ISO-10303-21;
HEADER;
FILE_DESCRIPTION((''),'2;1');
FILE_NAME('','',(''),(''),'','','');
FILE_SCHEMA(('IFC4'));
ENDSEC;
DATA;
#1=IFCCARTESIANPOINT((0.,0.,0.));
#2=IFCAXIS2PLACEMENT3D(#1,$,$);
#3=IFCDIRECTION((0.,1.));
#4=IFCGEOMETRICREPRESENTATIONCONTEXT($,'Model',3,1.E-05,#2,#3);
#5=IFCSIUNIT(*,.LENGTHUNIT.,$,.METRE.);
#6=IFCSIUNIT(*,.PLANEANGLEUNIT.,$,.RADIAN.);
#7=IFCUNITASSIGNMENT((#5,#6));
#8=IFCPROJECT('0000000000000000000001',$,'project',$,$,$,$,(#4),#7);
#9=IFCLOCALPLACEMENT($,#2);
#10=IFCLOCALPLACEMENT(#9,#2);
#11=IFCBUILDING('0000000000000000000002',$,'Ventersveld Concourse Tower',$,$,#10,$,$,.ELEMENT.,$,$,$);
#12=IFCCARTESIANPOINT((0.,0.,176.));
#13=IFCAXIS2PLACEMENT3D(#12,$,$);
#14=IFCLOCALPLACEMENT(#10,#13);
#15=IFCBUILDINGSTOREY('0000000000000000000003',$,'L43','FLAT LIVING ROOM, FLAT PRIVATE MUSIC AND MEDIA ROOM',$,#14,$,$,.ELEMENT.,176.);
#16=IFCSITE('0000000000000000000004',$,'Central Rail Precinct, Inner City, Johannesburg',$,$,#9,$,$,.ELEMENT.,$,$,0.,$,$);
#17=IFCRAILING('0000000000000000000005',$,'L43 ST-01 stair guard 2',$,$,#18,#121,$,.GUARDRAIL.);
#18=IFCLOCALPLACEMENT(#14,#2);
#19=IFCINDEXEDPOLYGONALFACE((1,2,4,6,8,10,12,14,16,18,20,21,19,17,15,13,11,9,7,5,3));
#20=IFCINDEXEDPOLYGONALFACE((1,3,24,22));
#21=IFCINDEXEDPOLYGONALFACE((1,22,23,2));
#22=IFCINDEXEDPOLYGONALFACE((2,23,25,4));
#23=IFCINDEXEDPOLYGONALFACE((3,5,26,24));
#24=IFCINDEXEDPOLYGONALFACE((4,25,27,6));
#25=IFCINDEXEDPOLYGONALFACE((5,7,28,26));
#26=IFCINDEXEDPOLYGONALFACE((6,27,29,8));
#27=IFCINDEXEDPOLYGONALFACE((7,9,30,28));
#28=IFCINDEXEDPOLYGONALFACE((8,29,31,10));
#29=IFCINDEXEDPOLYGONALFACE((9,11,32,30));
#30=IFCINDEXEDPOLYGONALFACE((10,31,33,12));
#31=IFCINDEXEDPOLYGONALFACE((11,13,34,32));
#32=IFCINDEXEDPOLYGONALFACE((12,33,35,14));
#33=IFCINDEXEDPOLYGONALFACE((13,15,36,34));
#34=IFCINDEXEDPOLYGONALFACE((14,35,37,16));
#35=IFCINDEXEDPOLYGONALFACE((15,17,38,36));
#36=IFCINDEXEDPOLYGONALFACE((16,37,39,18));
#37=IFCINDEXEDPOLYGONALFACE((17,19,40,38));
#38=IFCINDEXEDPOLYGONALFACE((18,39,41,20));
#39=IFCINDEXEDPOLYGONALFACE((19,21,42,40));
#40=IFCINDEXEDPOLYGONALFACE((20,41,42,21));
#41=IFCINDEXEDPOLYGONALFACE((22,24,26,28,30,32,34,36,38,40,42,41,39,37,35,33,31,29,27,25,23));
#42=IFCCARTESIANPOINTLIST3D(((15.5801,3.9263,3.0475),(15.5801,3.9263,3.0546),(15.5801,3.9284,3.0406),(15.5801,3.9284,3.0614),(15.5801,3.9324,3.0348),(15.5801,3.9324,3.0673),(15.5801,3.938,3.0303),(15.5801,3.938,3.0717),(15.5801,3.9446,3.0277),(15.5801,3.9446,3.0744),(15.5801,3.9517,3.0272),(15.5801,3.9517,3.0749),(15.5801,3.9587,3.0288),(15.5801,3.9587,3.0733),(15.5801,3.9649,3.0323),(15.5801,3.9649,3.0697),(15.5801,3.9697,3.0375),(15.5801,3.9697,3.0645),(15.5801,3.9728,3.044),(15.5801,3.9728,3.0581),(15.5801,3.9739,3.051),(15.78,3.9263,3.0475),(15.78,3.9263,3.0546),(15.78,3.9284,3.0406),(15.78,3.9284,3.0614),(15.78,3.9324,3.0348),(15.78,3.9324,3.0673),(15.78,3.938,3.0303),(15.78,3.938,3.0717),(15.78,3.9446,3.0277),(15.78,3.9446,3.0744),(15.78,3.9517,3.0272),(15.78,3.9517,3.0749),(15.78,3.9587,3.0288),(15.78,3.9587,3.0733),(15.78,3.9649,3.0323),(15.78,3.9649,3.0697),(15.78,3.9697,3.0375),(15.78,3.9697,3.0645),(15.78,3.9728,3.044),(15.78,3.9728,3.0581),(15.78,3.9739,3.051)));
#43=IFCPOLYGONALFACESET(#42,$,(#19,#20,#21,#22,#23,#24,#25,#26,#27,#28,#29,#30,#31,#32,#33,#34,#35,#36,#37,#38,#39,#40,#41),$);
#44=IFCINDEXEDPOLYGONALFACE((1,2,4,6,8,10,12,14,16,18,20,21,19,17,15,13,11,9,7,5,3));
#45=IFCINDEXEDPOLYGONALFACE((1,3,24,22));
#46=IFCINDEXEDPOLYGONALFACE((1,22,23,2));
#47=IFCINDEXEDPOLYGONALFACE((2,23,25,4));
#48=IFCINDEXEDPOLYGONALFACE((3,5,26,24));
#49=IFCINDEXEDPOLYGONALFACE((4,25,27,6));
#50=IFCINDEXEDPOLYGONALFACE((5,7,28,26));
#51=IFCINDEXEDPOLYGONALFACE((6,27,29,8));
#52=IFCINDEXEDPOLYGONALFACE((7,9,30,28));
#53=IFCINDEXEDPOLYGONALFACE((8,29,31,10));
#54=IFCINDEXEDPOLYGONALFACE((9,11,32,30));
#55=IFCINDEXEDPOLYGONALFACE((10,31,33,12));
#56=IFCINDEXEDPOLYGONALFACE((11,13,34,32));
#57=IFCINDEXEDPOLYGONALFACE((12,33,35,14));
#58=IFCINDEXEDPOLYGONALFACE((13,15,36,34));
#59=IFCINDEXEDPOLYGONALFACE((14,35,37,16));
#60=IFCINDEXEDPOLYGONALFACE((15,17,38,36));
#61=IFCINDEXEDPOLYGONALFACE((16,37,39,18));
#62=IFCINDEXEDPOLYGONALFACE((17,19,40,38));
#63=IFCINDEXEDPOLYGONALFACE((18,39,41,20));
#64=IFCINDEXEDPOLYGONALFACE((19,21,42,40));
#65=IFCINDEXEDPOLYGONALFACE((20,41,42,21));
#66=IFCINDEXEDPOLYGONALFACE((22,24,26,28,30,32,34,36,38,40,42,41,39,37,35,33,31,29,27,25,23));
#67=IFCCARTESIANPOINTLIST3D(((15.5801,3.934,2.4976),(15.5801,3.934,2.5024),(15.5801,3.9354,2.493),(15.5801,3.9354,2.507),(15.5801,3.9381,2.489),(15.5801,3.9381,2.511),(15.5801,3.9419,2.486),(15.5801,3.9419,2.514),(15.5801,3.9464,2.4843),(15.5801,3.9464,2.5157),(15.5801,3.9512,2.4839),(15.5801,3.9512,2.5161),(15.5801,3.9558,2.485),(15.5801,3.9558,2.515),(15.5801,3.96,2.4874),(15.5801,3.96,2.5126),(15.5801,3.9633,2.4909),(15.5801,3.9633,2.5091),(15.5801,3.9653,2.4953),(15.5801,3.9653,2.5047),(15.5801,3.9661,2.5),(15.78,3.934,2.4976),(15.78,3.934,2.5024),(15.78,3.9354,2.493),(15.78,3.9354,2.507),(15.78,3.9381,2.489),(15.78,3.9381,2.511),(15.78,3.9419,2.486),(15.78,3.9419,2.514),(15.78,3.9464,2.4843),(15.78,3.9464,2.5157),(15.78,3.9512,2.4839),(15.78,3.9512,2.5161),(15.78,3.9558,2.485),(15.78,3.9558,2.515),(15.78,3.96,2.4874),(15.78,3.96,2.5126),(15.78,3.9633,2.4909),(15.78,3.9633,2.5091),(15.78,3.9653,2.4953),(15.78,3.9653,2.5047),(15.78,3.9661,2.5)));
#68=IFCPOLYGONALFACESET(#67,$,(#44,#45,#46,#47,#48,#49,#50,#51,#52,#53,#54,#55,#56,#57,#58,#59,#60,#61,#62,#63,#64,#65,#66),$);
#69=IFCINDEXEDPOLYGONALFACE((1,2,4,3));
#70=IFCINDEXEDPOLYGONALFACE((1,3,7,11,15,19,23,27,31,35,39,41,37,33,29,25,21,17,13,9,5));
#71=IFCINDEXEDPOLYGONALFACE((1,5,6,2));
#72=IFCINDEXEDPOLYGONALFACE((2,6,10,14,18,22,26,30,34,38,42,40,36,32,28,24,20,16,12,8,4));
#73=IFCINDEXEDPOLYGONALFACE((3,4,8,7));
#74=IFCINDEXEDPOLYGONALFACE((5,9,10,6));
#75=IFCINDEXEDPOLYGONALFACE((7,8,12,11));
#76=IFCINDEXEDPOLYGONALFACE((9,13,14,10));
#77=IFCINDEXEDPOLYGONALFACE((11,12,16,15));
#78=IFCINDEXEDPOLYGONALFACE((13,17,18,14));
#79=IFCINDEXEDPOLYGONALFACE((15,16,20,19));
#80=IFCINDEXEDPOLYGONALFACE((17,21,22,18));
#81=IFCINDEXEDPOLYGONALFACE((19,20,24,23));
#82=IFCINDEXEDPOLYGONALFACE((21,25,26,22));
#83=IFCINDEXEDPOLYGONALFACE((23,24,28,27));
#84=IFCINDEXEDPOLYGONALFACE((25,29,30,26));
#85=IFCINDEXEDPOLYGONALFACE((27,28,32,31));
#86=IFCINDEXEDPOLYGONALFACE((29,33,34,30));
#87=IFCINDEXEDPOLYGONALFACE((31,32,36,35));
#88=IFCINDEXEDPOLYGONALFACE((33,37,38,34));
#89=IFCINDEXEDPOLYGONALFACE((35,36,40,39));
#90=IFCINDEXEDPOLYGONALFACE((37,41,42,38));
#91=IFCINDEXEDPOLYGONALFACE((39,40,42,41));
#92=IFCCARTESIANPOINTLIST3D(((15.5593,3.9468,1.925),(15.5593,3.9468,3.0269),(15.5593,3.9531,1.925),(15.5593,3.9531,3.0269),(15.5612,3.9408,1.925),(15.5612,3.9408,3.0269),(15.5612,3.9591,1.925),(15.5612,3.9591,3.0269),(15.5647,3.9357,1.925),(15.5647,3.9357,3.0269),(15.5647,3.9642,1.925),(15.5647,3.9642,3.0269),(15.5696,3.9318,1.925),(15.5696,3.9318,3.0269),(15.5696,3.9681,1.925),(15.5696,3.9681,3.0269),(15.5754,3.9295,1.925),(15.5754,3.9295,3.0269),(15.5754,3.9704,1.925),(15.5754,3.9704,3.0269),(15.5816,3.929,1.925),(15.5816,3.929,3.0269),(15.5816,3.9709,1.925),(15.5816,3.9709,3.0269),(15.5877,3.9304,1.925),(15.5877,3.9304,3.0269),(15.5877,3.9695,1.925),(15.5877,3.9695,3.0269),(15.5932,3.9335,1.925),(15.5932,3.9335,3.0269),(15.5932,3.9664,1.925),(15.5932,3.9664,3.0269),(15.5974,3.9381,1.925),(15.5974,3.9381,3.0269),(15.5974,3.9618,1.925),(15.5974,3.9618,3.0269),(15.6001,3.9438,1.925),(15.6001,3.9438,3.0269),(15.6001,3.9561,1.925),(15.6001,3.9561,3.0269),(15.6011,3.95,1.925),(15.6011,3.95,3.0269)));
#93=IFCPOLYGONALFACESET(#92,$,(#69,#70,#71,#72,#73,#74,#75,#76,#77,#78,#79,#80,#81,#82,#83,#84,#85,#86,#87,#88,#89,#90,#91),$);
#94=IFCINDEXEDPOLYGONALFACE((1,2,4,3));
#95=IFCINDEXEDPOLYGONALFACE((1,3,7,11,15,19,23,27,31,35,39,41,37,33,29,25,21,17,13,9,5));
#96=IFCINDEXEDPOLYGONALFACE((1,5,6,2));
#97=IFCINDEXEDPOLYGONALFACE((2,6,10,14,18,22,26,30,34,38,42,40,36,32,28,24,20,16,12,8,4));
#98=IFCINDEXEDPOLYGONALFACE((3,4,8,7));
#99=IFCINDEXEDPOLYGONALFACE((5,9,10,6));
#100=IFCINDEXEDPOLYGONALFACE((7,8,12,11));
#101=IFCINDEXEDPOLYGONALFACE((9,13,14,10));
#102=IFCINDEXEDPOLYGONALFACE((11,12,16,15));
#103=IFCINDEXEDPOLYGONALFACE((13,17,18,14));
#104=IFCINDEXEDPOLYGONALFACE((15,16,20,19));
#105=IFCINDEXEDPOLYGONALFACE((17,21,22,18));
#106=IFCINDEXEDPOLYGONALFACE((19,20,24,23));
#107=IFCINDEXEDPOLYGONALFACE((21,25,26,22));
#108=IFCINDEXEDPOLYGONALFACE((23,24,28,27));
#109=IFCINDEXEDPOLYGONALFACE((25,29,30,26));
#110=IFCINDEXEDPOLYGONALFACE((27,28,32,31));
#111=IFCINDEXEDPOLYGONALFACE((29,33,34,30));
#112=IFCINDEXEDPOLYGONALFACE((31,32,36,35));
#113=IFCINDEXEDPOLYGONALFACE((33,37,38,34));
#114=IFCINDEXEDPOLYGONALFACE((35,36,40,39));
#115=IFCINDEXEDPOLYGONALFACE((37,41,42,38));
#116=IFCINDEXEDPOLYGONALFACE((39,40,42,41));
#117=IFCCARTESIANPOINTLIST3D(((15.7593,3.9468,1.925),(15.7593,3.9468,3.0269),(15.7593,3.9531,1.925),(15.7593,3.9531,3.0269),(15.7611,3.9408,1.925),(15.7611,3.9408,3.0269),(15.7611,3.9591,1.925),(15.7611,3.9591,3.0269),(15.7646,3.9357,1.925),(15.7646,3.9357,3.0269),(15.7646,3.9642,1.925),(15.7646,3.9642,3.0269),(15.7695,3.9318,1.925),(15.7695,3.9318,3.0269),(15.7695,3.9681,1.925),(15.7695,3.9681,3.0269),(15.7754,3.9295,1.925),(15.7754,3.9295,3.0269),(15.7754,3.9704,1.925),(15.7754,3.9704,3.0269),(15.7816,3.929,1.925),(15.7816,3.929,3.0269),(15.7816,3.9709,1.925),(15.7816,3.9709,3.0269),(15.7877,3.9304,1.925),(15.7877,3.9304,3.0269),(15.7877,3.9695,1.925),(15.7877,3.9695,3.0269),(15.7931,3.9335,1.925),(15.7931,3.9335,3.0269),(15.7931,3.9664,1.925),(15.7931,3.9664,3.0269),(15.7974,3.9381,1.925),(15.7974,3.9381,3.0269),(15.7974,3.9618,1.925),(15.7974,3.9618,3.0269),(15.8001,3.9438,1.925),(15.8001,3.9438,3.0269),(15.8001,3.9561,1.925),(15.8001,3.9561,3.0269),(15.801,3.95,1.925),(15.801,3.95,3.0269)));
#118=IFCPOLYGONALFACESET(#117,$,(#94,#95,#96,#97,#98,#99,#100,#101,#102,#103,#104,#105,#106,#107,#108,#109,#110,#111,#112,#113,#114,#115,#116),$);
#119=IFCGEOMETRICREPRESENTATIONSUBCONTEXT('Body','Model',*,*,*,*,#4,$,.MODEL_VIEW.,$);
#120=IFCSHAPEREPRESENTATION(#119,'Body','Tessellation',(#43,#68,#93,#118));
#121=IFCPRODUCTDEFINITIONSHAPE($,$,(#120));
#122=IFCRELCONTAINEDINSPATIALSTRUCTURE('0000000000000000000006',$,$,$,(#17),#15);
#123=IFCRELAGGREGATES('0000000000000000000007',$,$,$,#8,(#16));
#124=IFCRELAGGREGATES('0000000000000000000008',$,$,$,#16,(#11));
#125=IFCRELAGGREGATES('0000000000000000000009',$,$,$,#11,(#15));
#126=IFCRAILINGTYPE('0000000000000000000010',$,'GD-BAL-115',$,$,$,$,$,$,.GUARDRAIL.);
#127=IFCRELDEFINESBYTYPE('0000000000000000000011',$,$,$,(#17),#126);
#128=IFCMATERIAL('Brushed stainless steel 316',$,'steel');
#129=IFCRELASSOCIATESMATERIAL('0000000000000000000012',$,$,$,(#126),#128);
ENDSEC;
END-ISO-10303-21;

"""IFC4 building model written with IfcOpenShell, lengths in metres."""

from ifc_helpers import new_model, si_unit, direction, frame, origin, origin_2d, place, context, subcontext, project, spatial, circle, extrude, material, type_object, element, save


model = new_model("IFC4")

# Units and contexts
model_context = context("Model", 3, precision=1e-05, world=origin(), true_north=direction((0.0, 1.0)))
body_context = subcontext(model_context, "Body", "Model", "MODEL_VIEW")
ifc_project = project(units=[si_unit("LENGTHUNIT", "METRE"), si_unit("PLANEANGLEUNIT", "RADIAN")], contexts=[model_context])

# Site, building, storey
site_placement = place(None, origin())
site = spatial("IfcSite", under=ifc_project, at=site_placement, Name="Central Rail Precinct, Inner City, Johannesburg", CompositionType="ELEMENT", RefElevation=0.0)
building_placement = place(site_placement, origin())
building = spatial("IfcBuilding", under=site, at=building_placement, Name="Ventersveld Concourse Tower", CompositionType="ELEMENT")
storey_placement = place(building_placement, frame((0.0, 0.0, 176.0)))
storey = spatial("IfcBuildingStorey", under=building, at=storey_placement, Name="L43", Description="FLAT LIVING ROOM, FLAT PRIVATE MUSIC AND MEDIA ROOM", CompositionType="ELEMENT", Elevation=176.0)

# Railing
ifc_material_1 = material(Name="Brushed stainless steel 316", Category="steel")
railing_type_1 = type_object("IfcRailingType", Name="GD-BAL-115", PredefinedType="GUARDRAIL", material=ifc_material_1)
railing_1_placement = place(storey_placement, frame((15.5801, 3.95, 1.925)))
element("IfcRailing", 1, at=railing_1_placement, inside=storey, type_object=railing_type_1, Name="L43 ST-01 stair guard 2", PredefinedType="GUARDRAIL", context=body_context, shape_type="SweptSolid", body=[
    extrude(circle(Radius=0.0239, at=origin_2d()), frame((0.0, 0.0, 1.126), z_axis=(1.0, 0.0, 0.0), x_axis=(0.0, 1.0, 0.0)), (0.0, 0.0, 1.0), 0.2),
    extrude(circle(Radius=0.0161, at=origin_2d()), frame((0.0, 0.0, 0.575), z_axis=(1.0, 0.0, 0.0), x_axis=(0.0, 1.0, 0.0)), (0.0, 0.0, 1.0), 0.2),
    extrude(circle(Radius=0.021, at=origin_2d()), origin(), (0.0, 0.0, 1.0), 1.1018),
    extrude(circle(Radius=0.021, at=origin_2d()), frame((0.2, 0.0, 0.0)), (0.0, 0.0, 1.0), 1.1018),
])

save(model, "model.ifc")
